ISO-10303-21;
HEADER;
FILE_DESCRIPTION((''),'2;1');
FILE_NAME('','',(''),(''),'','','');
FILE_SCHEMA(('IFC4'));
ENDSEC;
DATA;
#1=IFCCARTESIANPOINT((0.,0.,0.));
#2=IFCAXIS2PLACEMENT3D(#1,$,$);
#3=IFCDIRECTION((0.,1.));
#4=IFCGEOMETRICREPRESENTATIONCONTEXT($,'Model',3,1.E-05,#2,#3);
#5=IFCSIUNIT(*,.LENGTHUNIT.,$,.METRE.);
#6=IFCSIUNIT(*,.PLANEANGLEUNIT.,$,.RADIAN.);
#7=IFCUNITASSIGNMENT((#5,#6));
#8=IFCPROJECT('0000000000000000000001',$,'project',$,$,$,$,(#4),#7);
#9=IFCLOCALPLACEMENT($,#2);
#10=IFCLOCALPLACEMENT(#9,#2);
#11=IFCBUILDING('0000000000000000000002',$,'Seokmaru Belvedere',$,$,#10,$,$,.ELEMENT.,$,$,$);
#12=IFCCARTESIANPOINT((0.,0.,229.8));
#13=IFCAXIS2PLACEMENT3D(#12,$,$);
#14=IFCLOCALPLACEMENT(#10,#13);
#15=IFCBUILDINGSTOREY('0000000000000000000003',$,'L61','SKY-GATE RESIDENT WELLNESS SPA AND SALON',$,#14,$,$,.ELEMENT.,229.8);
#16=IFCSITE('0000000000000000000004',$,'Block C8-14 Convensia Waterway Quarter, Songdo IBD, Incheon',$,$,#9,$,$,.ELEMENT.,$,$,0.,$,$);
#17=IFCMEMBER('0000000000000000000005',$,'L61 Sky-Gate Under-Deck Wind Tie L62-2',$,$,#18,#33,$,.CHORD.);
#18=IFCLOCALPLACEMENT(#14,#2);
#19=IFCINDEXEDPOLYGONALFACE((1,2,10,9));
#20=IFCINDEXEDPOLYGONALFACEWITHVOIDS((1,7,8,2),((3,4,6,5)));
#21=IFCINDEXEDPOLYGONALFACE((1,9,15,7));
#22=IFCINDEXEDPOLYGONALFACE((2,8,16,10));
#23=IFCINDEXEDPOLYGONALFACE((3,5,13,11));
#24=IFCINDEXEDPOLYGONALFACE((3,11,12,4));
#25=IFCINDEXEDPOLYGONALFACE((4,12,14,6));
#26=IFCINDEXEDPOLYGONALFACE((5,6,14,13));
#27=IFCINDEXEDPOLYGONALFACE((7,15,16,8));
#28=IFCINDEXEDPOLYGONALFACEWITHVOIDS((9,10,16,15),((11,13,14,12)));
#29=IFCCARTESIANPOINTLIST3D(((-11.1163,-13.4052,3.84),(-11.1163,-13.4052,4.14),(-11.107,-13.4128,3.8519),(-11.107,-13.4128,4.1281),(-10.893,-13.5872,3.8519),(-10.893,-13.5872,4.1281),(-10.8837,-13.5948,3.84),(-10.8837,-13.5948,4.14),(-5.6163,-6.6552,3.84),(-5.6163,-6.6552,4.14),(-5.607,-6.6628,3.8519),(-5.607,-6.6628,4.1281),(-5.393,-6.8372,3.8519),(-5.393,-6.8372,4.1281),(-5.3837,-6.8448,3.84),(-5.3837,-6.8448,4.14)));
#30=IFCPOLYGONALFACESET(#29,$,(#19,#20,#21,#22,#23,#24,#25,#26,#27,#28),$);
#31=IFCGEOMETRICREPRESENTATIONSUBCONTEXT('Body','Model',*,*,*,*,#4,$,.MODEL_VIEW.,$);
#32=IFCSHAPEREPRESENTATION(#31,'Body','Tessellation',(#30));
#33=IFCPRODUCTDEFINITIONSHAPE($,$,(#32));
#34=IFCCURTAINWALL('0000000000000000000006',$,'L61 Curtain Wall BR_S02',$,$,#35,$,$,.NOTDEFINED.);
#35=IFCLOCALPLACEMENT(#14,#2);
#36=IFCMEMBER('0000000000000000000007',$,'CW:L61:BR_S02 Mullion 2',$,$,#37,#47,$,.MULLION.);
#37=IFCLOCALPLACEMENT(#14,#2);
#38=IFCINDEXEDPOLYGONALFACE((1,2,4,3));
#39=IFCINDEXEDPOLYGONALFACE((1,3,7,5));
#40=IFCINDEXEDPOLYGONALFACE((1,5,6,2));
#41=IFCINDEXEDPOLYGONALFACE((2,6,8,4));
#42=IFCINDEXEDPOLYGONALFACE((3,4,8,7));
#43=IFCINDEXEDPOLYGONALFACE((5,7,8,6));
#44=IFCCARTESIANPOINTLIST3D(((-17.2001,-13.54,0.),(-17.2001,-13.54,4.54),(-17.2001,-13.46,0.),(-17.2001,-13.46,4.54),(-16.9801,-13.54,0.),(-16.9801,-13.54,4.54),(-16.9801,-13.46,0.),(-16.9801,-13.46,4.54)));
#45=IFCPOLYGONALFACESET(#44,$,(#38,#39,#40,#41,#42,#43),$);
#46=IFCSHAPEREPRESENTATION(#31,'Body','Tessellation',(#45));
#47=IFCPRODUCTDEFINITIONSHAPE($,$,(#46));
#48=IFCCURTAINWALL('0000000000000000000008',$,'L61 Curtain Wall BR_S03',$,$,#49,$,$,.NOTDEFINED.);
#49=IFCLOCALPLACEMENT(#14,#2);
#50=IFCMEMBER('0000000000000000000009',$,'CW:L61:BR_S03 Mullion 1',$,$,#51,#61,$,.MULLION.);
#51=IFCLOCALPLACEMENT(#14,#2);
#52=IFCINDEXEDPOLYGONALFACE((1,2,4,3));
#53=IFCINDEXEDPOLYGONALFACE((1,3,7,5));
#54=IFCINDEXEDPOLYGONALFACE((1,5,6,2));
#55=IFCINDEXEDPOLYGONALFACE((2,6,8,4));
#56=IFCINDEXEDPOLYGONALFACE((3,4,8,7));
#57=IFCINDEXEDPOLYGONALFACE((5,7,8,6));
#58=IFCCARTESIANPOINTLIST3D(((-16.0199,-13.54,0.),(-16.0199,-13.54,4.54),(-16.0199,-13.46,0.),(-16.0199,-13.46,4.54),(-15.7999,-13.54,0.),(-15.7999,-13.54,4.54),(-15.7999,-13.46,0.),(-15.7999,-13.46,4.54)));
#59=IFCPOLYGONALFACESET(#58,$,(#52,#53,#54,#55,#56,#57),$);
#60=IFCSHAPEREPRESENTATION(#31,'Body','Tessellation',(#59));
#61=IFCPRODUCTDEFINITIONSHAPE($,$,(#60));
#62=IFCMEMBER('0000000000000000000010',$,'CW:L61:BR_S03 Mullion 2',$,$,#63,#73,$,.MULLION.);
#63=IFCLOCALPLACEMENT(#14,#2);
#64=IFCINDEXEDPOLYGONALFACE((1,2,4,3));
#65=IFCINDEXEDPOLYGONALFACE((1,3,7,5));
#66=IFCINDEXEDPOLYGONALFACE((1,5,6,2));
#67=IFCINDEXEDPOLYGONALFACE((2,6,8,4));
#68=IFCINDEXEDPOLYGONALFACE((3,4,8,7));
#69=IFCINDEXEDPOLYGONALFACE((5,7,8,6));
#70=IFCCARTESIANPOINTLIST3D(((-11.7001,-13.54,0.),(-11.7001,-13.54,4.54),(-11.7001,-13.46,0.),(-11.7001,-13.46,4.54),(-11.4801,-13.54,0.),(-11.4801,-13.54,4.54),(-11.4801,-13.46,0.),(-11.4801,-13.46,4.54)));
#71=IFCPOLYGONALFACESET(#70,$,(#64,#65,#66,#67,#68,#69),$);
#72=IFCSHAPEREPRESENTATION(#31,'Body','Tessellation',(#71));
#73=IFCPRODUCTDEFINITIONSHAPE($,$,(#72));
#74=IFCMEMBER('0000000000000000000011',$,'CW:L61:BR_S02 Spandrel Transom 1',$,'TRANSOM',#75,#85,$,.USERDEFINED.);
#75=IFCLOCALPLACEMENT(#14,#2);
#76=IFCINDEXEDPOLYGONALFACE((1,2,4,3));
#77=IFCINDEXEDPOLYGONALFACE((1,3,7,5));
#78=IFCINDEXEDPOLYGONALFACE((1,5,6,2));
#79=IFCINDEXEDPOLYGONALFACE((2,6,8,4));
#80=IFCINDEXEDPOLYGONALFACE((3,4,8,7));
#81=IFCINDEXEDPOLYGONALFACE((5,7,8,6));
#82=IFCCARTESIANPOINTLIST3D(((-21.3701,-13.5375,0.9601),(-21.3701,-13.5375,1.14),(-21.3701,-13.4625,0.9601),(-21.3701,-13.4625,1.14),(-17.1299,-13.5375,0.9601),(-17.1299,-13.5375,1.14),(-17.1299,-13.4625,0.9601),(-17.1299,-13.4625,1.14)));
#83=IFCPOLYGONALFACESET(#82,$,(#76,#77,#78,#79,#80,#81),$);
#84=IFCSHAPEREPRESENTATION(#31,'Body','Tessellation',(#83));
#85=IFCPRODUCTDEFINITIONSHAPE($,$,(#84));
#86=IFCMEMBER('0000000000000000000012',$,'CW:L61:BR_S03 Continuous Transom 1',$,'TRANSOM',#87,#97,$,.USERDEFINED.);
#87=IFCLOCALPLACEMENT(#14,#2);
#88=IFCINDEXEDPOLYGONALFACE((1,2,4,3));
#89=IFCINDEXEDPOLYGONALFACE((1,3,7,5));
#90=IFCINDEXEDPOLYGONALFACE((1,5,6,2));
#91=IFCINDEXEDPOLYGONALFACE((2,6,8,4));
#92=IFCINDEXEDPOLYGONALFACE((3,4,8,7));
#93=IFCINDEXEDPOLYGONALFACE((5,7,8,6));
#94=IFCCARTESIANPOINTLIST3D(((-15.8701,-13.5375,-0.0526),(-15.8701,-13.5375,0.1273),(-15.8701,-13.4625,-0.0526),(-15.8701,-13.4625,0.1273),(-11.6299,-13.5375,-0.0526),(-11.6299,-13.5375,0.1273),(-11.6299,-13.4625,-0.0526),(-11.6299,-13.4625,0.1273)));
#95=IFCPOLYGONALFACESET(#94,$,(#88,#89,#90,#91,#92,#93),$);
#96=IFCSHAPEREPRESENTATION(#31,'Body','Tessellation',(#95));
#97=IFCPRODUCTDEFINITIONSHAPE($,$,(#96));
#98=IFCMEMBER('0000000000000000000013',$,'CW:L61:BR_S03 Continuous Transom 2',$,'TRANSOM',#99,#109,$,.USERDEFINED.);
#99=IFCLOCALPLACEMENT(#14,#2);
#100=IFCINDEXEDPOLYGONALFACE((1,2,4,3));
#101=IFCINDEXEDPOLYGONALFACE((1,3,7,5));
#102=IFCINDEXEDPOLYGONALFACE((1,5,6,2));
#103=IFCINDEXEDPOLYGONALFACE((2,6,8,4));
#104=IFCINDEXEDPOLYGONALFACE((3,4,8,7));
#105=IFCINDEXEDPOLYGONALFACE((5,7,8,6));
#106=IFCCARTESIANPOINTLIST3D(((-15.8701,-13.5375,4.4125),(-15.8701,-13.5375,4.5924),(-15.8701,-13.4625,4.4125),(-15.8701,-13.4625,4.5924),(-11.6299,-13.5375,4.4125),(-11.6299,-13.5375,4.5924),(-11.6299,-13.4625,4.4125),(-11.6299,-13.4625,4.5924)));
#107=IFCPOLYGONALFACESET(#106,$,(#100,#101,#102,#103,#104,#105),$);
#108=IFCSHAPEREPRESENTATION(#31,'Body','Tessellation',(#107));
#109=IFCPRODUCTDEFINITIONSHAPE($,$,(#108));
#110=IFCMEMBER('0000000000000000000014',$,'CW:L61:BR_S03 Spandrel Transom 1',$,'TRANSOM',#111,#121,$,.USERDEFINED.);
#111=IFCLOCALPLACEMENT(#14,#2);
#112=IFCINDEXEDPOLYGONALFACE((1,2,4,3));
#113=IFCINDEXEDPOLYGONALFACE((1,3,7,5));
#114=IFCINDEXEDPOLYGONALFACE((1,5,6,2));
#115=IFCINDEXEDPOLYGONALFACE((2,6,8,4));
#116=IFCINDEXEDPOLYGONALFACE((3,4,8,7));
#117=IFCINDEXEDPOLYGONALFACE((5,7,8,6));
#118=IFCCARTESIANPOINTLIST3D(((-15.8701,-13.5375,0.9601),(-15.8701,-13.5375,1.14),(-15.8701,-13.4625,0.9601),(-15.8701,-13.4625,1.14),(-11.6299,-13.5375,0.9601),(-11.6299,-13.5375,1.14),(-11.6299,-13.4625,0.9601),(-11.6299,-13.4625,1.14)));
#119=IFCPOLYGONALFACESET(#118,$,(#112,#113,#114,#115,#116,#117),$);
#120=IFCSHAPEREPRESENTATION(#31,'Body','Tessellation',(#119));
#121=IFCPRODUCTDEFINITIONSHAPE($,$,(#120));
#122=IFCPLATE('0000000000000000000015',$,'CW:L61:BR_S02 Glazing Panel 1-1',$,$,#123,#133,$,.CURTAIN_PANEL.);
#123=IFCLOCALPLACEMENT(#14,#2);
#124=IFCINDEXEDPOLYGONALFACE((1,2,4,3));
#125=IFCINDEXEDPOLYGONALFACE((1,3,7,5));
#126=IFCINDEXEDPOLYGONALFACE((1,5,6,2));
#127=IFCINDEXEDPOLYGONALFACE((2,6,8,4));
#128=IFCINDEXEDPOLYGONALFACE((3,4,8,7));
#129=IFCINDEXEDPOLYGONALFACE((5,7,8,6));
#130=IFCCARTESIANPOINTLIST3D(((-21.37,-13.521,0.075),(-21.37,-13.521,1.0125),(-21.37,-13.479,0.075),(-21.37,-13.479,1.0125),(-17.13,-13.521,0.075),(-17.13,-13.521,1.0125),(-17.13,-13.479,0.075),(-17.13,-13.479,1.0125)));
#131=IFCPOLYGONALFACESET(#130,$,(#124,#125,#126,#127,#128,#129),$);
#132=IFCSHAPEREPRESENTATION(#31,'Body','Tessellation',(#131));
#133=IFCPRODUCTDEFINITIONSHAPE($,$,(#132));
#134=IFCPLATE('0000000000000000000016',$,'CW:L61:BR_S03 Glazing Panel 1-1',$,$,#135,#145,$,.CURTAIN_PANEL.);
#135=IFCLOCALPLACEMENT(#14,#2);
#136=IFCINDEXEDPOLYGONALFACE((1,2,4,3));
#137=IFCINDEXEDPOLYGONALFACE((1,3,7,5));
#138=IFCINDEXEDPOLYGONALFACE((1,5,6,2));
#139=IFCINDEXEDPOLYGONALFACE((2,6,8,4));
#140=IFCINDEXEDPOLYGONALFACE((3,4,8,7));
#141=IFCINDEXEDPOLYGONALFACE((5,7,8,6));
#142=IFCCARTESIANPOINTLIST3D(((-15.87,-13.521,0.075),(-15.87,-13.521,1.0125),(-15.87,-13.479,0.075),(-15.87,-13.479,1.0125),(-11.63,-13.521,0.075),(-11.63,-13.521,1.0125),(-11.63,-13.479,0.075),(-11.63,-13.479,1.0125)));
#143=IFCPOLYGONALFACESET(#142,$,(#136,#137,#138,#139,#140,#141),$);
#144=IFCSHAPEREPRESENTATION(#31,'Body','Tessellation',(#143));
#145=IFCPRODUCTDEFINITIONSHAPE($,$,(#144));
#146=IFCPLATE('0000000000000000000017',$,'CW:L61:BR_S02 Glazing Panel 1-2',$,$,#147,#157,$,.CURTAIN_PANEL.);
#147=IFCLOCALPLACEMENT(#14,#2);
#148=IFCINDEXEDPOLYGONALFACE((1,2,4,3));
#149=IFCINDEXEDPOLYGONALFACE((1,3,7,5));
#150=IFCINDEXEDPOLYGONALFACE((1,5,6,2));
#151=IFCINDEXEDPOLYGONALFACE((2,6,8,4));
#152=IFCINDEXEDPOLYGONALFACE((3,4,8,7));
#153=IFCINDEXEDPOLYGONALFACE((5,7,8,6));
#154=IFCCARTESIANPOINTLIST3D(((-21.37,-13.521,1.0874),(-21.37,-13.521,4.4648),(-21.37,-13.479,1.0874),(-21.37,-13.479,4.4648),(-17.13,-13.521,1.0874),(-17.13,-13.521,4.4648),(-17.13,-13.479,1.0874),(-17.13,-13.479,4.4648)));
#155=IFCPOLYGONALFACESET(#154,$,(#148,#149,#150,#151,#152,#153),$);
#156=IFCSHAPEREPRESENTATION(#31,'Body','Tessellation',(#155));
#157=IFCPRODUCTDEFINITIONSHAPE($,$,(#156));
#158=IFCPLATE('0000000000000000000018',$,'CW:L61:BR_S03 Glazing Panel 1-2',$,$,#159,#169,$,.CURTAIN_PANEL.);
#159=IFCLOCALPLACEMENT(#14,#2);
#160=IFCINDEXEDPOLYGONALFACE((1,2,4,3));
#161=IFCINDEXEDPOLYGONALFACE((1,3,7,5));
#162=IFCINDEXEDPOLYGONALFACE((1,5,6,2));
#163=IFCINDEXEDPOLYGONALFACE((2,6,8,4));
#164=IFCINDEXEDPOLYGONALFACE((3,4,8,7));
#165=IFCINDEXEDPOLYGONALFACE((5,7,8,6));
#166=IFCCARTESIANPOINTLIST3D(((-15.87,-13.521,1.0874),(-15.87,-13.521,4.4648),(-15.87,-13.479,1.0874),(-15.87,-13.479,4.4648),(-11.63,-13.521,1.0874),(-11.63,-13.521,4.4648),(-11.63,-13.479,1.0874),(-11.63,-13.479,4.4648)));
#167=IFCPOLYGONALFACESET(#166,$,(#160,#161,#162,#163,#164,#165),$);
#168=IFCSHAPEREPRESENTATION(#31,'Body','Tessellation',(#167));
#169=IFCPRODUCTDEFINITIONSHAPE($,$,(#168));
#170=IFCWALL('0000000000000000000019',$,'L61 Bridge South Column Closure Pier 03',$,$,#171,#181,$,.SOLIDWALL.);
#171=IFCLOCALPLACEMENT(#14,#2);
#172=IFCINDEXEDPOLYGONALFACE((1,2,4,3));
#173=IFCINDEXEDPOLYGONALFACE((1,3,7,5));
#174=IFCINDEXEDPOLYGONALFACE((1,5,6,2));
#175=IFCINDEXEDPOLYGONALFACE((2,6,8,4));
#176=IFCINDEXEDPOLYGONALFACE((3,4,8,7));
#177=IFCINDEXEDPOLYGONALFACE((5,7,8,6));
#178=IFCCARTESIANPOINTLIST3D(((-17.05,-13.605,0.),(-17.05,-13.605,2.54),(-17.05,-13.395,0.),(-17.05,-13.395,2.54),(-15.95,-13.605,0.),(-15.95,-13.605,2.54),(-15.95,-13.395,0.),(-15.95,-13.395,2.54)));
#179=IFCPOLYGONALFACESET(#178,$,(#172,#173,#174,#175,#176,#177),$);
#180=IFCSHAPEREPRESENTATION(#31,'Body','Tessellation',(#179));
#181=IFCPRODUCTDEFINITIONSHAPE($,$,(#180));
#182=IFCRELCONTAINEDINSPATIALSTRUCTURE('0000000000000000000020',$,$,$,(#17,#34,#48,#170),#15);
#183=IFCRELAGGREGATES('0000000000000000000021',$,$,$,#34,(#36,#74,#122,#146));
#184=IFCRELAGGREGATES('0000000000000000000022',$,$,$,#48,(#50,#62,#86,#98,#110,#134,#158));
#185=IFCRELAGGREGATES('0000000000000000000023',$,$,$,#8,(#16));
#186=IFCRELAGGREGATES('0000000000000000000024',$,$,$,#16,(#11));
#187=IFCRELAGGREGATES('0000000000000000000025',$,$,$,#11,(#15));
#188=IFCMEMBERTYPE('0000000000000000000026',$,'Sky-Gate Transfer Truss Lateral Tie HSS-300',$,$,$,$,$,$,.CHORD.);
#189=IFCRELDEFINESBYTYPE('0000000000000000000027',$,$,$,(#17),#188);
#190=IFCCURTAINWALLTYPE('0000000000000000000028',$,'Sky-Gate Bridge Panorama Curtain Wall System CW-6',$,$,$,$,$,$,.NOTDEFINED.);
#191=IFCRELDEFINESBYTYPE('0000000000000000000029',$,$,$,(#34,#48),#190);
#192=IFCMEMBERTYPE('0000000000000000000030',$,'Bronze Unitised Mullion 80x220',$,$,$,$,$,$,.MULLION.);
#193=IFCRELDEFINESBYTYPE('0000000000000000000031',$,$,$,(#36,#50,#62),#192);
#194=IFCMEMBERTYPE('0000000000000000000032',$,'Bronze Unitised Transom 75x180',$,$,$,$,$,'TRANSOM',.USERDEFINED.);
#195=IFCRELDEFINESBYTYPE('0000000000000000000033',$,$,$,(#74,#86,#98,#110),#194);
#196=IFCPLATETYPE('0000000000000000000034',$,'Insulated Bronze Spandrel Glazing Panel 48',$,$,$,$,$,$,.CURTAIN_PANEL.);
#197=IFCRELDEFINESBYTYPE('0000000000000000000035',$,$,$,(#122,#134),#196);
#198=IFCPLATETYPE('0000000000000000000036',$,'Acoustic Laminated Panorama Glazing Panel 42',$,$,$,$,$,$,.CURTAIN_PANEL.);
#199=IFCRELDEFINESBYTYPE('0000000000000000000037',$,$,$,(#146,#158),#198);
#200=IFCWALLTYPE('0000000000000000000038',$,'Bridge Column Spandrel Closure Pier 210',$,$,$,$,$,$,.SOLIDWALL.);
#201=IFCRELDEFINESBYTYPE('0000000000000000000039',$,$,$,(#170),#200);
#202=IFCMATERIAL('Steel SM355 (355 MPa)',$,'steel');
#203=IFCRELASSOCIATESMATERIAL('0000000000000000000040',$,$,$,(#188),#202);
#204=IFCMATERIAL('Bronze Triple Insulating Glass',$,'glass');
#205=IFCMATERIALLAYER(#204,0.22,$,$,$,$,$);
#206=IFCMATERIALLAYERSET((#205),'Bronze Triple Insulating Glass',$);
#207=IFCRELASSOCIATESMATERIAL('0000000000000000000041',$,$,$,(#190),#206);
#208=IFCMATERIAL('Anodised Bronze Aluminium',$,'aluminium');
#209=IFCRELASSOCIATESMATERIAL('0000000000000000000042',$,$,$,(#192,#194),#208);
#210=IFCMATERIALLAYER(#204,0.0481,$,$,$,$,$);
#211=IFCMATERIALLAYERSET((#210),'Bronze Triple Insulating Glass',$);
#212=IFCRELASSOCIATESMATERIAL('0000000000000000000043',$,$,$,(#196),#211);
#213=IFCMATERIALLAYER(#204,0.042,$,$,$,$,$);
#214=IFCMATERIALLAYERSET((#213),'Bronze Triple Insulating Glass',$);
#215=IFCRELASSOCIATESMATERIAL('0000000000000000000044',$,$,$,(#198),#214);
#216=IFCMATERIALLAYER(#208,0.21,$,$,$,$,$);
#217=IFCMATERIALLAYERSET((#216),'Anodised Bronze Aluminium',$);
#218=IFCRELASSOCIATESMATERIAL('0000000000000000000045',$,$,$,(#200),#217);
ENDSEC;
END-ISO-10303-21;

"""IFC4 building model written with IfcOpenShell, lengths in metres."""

from ifc_helpers import new_model, si_unit, direction, frame, frame_2d, origin, origin_2d, place, context, subcontext, project, spatial, rectangle, hollow_rectangle, extrude, source, transform, mapped, material, layer, layer_set, material_profile, profile_set, type_object, type_shapes, element, aggregate, save


model = new_model("IFC4")

# Units and contexts
model_context = context("Model", 3, precision=1e-05, world=origin(), true_north=direction((0.0, 1.0)))
body_context = subcontext(model_context, "Body", "Model", "MODEL_VIEW")
ifc_project = project(units=[si_unit("LENGTHUNIT", "METRE"), si_unit("PLANEANGLEUNIT", "RADIAN")], contexts=[model_context])

# Site, building, storey
site_placement = place(None, origin())
site = spatial("IfcSite", under=ifc_project, at=site_placement, Name="Block C8-14 Convensia Waterway Quarter, Songdo IBD, Incheon", CompositionType="ELEMENT", RefElevation=0.0)
building_placement = place(site_placement, origin())
building = spatial("IfcBuilding", under=site, at=building_placement, Name="Seokmaru Belvedere", CompositionType="ELEMENT")
storey_placement = place(building_placement, frame((0.0, 0.0, 229.8)))
storey = spatial("IfcBuildingStorey", under=building, at=storey_placement, Name="L61", Description="SKY-GATE RESIDENT WELLNESS SPA AND SALON", CompositionType="ELEMENT", Elevation=229.8)

# Shared definitions
ifc_material_1 = material(Name="Steel SM355 (355 MPa)", Category="steel")

# Member
ifc_material_profile_1 = material_profile(ifc_material_1, hollow_rectangle(XDim=0.3, YDim=0.3, WallThickness=0.012, at=origin_2d()), Name="HSS-300x300x12")
ifc_profile_set_1 = profile_set([ifc_material_profile_1], Name="Steel SM355 (355 MPa)")
member_type_1 = type_object("IfcMemberType", Name="Sky-Gate Transfer Truss Lateral Tie HSS-300", PredefinedType="CHORD", material=ifc_profile_set_1)
shared_shape_1 = source(origin(), body_context, "Body", "SweptSolid", [
    extrude(hollow_rectangle(XDim=0.3, YDim=0.3, WallThickness=0.012, at=origin_2d()), origin(), (0.0, 0.0, 1.0), 8.707),
])
type_shapes(member_type_1, [shared_shape_1])
member_1_placement = place(storey_placement, frame((-11.0, -13.5, 3.99), z_axis=(0.631673, 0.775235, 0.0), x_axis=(-0.775235, 0.631673, 0.0)))
element("IfcMember", 1, at=member_1_placement, inside=storey, type_object=member_type_1, Name="L61 Sky-Gate Under-Deck Wind Tie L62-2", PredefinedType="CHORD", context=body_context, shape_type="MappedRepresentation", body=[
    mapped(shared_shape_1, transform((0.0, 0.0, 0.0), scale=1.0)),
])

# Curtain wall, member
ifc_material_2 = material(Name="Bronze Triple Insulating Glass", Category="glass")
ifc_layer_1 = layer(ifc_material_2, 0.22)
ifc_layer_set_1 = layer_set([ifc_layer_1], Name="Bronze Triple Insulating Glass")
curtain_wall_type = type_object("IfcCurtainWallType", Name="Sky-Gate Bridge Panorama Curtain Wall System CW-6", PredefinedType="NOTDEFINED", material=ifc_layer_set_1)
curtain_wall_1_placement = place(storey_placement, origin())
curtain_wall_1 = element("IfcCurtainWall", 2, at=curtain_wall_1_placement, inside=storey, type_object=curtain_wall_type, Name="L61 Curtain Wall BR_S02", PredefinedType="NOTDEFINED")
ifc_material_3 = material(Name="Anodised Bronze Aluminium", Category="aluminium")
ifc_material_profile_2 = material_profile(ifc_material_3, rectangle(XDim=0.0801, YDim=0.22, at=origin_2d()), Name="CW-M-80x220")
ifc_profile_set_2 = profile_set([ifc_material_profile_2], Name="Anodised Bronze Aluminium")
member_type_2 = type_object("IfcMemberType", Name="Bronze Unitised Mullion 80x220", PredefinedType="MULLION", material=ifc_profile_set_2)
shared_shape_2 = source(origin(), body_context, "Body", "SweptSolid", [
    extrude(rectangle(XDim=0.0801, YDim=0.22, at=origin_2d()), origin(), (0.0, 0.0, 1.0), 4.54),
])
type_shapes(member_type_2, [shared_shape_2])
member_2_placement = place(storey_placement, frame((-17.0901, -13.5, 0.0), z_axis=(0.0, 0.0, 1.0), x_axis=(0.0, 1.0, 0.0)))
member_2 = element("IfcMember", 3, at=member_2_placement, type_object=member_type_2, Name="CW:L61:BR_S02 Mullion 2", PredefinedType="MULLION", context=body_context, shape_type="MappedRepresentation", body=[
    mapped(shared_shape_2, transform((0.0, 0.0, 0.0), scale=1.0)),
])

# Curtain wall, members
curtain_wall_2_placement = place(storey_placement, origin())
curtain_wall_2 = element("IfcCurtainWall", 4, at=curtain_wall_2_placement, inside=storey, type_object=curtain_wall_type, Name="L61 Curtain Wall BR_S03", PredefinedType="NOTDEFINED")
member_3_placement = place(storey_placement, frame((-15.9099, -13.5, 0.0), z_axis=(0.0, 0.0, 1.0), x_axis=(0.0, 1.0, 0.0)))
member_3 = element("IfcMember", 5, at=member_3_placement, type_object=member_type_2, Name="CW:L61:BR_S03 Mullion 1", PredefinedType="MULLION", context=body_context, shape_type="MappedRepresentation", body=[
    mapped(shared_shape_2, transform((0.0, 0.0, 0.0), scale=1.0)),
])
member_4_placement = place(storey_placement, frame((-11.5901, -13.5, 0.0), z_axis=(0.0, 0.0, 1.0), x_axis=(0.0, 1.0, 0.0)))
member_4 = element("IfcMember", 6, at=member_4_placement, type_object=member_type_2, Name="CW:L61:BR_S03 Mullion 2", PredefinedType="MULLION", context=body_context, shape_type="MappedRepresentation", body=[
    mapped(shared_shape_2, transform((0.0, 0.0, 0.0), scale=1.0)),
])

# Members
ifc_material_profile_3 = material_profile(ifc_material_3, rectangle(XDim=0.075, YDim=0.1799, at=origin_2d()), Name="CW-T-75x180")
ifc_profile_set_3 = profile_set([ifc_material_profile_3], Name="Anodised Bronze Aluminium")
member_type_3 = type_object("IfcMemberType", Name="Bronze Unitised Transom 75x180", ElementType="TRANSOM", PredefinedType="USERDEFINED", material=ifc_profile_set_3)
shared_shape_3 = source(origin(), body_context, "Body", "SweptSolid", [
    extrude(rectangle(XDim=0.075, YDim=0.1799, at=origin_2d()), origin(), (0.0, 0.0, 1.0), 4.2402),
])
type_shapes(member_type_3, [shared_shape_3])
member_5_placement = place(storey_placement, frame((-21.3701, -13.5, 1.05), z_axis=(1.0, 0.0, 0.0), x_axis=(0.0, 1.0, 0.0)))
member_5 = element("IfcMember", 7, at=member_5_placement, type_object=member_type_3, Name="CW:L61:BR_S02 Spandrel Transom 1", ObjectType="TRANSOM", PredefinedType="USERDEFINED", context=body_context, shape_type="MappedRepresentation", body=[
    mapped(shared_shape_3, transform((0.0, 0.0, 0.0), scale=1.0)),
])
member_6_placement = place(storey_placement, frame((-15.8701, -13.5, 0.0374), z_axis=(1.0, 0.0, 0.0), x_axis=(0.0, 1.0, 0.0)))
member_6 = element("IfcMember", 8, at=member_6_placement, type_object=member_type_3, Name="CW:L61:BR_S03 Continuous Transom 1", ObjectType="TRANSOM", PredefinedType="USERDEFINED", context=body_context, shape_type="MappedRepresentation", body=[
    mapped(shared_shape_3, transform((0.0, 0.0, 0.0), scale=1.0)),
])
member_7_placement = place(storey_placement, frame((-15.8701, -13.5, 4.5024), z_axis=(1.0, 0.0, 0.0), x_axis=(0.0, 1.0, 0.0)))
member_7 = element("IfcMember", 9, at=member_7_placement, type_object=member_type_3, Name="CW:L61:BR_S03 Continuous Transom 2", ObjectType="TRANSOM", PredefinedType="USERDEFINED", context=body_context, shape_type="MappedRepresentation", body=[
    mapped(shared_shape_3, transform((0.0, 0.0, 0.0), scale=1.0)),
])
member_8_placement = place(storey_placement, frame((-15.8701, -13.5, 1.05), z_axis=(1.0, 0.0, 0.0), x_axis=(0.0, 1.0, 0.0)))
member_8 = element("IfcMember", 10, at=member_8_placement, type_object=member_type_3, Name="CW:L61:BR_S03 Spandrel Transom 1", ObjectType="TRANSOM", PredefinedType="USERDEFINED", context=body_context, shape_type="MappedRepresentation", body=[
    mapped(shared_shape_3, transform((0.0, 0.0, 0.0), scale=1.0)),
])

# Plates
ifc_layer_2 = layer(ifc_material_2, 0.0481)
ifc_layer_set_2 = layer_set([ifc_layer_2], Name="Bronze Triple Insulating Glass")
plate_type_1 = type_object("IfcPlateType", Name="Insulated Bronze Spandrel Glazing Panel 48", PredefinedType="CURTAIN_PANEL", material=ifc_layer_set_2)
shared_shape_4 = source(origin(), body_context, "Body", "SweptSolid", [
    extrude(rectangle(XDim=4.24, YDim=0.042, at=origin_2d()), origin(), (0.0, 0.0, 1.0), 0.9375),
])
type_shapes(plate_type_1, [shared_shape_4])
plate_1_placement = place(storey_placement, frame((-19.25, -13.5, 0.075), z_axis=(0.0, 0.0, 1.0), x_axis=(1.0, 0.0, 0.0)))
plate_1 = element("IfcPlate", 11, at=plate_1_placement, type_object=plate_type_1, Name="CW:L61:BR_S02 Glazing Panel 1-1", PredefinedType="CURTAIN_PANEL", context=body_context, shape_type="MappedRepresentation", body=[
    mapped(shared_shape_4, transform((0.0, 0.0, 0.0), scale=1.0)),
])
plate_2_placement = place(storey_placement, frame((-13.75, -13.5, 0.075), z_axis=(0.0, 0.0, 1.0), x_axis=(1.0, 0.0, 0.0)))
plate_2 = element("IfcPlate", 12, at=plate_2_placement, type_object=plate_type_1, Name="CW:L61:BR_S03 Glazing Panel 1-1", PredefinedType="CURTAIN_PANEL", context=body_context, shape_type="MappedRepresentation", body=[
    mapped(shared_shape_4, transform((0.0, 0.0, 0.0), scale=1.0)),
])
ifc_layer_3 = layer(ifc_material_2, 0.042)
ifc_layer_set_3 = layer_set([ifc_layer_3], Name="Bronze Triple Insulating Glass")
plate_type_2 = type_object("IfcPlateType", Name="Acoustic Laminated Panorama Glazing Panel 42", PredefinedType="CURTAIN_PANEL", material=ifc_layer_set_3)
shared_shape_5 = source(origin(), body_context, "Body", "SweptSolid", [
    extrude(rectangle(XDim=4.24, YDim=0.042, at=origin_2d()), origin(), (0.0, 0.0, 1.0), 3.3774),
])
type_shapes(plate_type_2, [shared_shape_5])
plate_3_placement = place(storey_placement, frame((-19.25, -13.5, 1.0874), z_axis=(0.0, 0.0, 1.0), x_axis=(1.0, 0.0, 0.0)))
plate_3 = element("IfcPlate", 13, at=plate_3_placement, type_object=plate_type_2, Name="CW:L61:BR_S02 Glazing Panel 1-2", PredefinedType="CURTAIN_PANEL", context=body_context, shape_type="MappedRepresentation", body=[
    mapped(shared_shape_5, transform((0.0, 0.0, 0.0), scale=1.0)),
])
aggregate(curtain_wall_1, [member_2, member_5, plate_1, plate_3])
plate_4_placement = place(storey_placement, frame((-13.75, -13.5, 1.0874), z_axis=(0.0, 0.0, 1.0), x_axis=(1.0, 0.0, 0.0)))
plate_4 = element("IfcPlate", 14, at=plate_4_placement, type_object=plate_type_2, Name="CW:L61:BR_S03 Glazing Panel 1-2", PredefinedType="CURTAIN_PANEL", context=body_context, shape_type="MappedRepresentation", body=[
    mapped(shared_shape_5, transform((0.0, 0.0, 0.0), scale=1.0)),
])
aggregate(curtain_wall_2, [member_3, member_4, member_6, member_7, member_8, plate_2, plate_4])

# Wall
ifc_layer_4 = layer(ifc_material_3, 0.21)
ifc_layer_set_4 = layer_set([ifc_layer_4], Name="Anodised Bronze Aluminium")
wall_type = type_object("IfcWallType", Name="Bridge Column Spandrel Closure Pier 210", PredefinedType="SOLIDWALL", material=ifc_layer_set_4)
for number, where, z_axis, x_axis, name in (
    (15, (-17.05, -13.5, 0.0), (0.0, 0.0, 1.0), (1.0, 0.0, 0.0), "L61 Bridge South Column Closure Pier 03"),
):
    element("IfcWall", number, at=place(storey_placement, frame(where, z_axis=z_axis, x_axis=x_axis)), inside=storey, type_object=wall_type, Name=name, PredefinedType="SOLIDWALL", context=body_context, shape_type="SweptSolid", body=[
        extrude(rectangle(XDim=1.1001, YDim=0.21, at=frame_2d((0.55, 0.0))), origin(), (0.0, 0.0, 1.0), 2.54),
    ])

save(model, "model.ifc")
